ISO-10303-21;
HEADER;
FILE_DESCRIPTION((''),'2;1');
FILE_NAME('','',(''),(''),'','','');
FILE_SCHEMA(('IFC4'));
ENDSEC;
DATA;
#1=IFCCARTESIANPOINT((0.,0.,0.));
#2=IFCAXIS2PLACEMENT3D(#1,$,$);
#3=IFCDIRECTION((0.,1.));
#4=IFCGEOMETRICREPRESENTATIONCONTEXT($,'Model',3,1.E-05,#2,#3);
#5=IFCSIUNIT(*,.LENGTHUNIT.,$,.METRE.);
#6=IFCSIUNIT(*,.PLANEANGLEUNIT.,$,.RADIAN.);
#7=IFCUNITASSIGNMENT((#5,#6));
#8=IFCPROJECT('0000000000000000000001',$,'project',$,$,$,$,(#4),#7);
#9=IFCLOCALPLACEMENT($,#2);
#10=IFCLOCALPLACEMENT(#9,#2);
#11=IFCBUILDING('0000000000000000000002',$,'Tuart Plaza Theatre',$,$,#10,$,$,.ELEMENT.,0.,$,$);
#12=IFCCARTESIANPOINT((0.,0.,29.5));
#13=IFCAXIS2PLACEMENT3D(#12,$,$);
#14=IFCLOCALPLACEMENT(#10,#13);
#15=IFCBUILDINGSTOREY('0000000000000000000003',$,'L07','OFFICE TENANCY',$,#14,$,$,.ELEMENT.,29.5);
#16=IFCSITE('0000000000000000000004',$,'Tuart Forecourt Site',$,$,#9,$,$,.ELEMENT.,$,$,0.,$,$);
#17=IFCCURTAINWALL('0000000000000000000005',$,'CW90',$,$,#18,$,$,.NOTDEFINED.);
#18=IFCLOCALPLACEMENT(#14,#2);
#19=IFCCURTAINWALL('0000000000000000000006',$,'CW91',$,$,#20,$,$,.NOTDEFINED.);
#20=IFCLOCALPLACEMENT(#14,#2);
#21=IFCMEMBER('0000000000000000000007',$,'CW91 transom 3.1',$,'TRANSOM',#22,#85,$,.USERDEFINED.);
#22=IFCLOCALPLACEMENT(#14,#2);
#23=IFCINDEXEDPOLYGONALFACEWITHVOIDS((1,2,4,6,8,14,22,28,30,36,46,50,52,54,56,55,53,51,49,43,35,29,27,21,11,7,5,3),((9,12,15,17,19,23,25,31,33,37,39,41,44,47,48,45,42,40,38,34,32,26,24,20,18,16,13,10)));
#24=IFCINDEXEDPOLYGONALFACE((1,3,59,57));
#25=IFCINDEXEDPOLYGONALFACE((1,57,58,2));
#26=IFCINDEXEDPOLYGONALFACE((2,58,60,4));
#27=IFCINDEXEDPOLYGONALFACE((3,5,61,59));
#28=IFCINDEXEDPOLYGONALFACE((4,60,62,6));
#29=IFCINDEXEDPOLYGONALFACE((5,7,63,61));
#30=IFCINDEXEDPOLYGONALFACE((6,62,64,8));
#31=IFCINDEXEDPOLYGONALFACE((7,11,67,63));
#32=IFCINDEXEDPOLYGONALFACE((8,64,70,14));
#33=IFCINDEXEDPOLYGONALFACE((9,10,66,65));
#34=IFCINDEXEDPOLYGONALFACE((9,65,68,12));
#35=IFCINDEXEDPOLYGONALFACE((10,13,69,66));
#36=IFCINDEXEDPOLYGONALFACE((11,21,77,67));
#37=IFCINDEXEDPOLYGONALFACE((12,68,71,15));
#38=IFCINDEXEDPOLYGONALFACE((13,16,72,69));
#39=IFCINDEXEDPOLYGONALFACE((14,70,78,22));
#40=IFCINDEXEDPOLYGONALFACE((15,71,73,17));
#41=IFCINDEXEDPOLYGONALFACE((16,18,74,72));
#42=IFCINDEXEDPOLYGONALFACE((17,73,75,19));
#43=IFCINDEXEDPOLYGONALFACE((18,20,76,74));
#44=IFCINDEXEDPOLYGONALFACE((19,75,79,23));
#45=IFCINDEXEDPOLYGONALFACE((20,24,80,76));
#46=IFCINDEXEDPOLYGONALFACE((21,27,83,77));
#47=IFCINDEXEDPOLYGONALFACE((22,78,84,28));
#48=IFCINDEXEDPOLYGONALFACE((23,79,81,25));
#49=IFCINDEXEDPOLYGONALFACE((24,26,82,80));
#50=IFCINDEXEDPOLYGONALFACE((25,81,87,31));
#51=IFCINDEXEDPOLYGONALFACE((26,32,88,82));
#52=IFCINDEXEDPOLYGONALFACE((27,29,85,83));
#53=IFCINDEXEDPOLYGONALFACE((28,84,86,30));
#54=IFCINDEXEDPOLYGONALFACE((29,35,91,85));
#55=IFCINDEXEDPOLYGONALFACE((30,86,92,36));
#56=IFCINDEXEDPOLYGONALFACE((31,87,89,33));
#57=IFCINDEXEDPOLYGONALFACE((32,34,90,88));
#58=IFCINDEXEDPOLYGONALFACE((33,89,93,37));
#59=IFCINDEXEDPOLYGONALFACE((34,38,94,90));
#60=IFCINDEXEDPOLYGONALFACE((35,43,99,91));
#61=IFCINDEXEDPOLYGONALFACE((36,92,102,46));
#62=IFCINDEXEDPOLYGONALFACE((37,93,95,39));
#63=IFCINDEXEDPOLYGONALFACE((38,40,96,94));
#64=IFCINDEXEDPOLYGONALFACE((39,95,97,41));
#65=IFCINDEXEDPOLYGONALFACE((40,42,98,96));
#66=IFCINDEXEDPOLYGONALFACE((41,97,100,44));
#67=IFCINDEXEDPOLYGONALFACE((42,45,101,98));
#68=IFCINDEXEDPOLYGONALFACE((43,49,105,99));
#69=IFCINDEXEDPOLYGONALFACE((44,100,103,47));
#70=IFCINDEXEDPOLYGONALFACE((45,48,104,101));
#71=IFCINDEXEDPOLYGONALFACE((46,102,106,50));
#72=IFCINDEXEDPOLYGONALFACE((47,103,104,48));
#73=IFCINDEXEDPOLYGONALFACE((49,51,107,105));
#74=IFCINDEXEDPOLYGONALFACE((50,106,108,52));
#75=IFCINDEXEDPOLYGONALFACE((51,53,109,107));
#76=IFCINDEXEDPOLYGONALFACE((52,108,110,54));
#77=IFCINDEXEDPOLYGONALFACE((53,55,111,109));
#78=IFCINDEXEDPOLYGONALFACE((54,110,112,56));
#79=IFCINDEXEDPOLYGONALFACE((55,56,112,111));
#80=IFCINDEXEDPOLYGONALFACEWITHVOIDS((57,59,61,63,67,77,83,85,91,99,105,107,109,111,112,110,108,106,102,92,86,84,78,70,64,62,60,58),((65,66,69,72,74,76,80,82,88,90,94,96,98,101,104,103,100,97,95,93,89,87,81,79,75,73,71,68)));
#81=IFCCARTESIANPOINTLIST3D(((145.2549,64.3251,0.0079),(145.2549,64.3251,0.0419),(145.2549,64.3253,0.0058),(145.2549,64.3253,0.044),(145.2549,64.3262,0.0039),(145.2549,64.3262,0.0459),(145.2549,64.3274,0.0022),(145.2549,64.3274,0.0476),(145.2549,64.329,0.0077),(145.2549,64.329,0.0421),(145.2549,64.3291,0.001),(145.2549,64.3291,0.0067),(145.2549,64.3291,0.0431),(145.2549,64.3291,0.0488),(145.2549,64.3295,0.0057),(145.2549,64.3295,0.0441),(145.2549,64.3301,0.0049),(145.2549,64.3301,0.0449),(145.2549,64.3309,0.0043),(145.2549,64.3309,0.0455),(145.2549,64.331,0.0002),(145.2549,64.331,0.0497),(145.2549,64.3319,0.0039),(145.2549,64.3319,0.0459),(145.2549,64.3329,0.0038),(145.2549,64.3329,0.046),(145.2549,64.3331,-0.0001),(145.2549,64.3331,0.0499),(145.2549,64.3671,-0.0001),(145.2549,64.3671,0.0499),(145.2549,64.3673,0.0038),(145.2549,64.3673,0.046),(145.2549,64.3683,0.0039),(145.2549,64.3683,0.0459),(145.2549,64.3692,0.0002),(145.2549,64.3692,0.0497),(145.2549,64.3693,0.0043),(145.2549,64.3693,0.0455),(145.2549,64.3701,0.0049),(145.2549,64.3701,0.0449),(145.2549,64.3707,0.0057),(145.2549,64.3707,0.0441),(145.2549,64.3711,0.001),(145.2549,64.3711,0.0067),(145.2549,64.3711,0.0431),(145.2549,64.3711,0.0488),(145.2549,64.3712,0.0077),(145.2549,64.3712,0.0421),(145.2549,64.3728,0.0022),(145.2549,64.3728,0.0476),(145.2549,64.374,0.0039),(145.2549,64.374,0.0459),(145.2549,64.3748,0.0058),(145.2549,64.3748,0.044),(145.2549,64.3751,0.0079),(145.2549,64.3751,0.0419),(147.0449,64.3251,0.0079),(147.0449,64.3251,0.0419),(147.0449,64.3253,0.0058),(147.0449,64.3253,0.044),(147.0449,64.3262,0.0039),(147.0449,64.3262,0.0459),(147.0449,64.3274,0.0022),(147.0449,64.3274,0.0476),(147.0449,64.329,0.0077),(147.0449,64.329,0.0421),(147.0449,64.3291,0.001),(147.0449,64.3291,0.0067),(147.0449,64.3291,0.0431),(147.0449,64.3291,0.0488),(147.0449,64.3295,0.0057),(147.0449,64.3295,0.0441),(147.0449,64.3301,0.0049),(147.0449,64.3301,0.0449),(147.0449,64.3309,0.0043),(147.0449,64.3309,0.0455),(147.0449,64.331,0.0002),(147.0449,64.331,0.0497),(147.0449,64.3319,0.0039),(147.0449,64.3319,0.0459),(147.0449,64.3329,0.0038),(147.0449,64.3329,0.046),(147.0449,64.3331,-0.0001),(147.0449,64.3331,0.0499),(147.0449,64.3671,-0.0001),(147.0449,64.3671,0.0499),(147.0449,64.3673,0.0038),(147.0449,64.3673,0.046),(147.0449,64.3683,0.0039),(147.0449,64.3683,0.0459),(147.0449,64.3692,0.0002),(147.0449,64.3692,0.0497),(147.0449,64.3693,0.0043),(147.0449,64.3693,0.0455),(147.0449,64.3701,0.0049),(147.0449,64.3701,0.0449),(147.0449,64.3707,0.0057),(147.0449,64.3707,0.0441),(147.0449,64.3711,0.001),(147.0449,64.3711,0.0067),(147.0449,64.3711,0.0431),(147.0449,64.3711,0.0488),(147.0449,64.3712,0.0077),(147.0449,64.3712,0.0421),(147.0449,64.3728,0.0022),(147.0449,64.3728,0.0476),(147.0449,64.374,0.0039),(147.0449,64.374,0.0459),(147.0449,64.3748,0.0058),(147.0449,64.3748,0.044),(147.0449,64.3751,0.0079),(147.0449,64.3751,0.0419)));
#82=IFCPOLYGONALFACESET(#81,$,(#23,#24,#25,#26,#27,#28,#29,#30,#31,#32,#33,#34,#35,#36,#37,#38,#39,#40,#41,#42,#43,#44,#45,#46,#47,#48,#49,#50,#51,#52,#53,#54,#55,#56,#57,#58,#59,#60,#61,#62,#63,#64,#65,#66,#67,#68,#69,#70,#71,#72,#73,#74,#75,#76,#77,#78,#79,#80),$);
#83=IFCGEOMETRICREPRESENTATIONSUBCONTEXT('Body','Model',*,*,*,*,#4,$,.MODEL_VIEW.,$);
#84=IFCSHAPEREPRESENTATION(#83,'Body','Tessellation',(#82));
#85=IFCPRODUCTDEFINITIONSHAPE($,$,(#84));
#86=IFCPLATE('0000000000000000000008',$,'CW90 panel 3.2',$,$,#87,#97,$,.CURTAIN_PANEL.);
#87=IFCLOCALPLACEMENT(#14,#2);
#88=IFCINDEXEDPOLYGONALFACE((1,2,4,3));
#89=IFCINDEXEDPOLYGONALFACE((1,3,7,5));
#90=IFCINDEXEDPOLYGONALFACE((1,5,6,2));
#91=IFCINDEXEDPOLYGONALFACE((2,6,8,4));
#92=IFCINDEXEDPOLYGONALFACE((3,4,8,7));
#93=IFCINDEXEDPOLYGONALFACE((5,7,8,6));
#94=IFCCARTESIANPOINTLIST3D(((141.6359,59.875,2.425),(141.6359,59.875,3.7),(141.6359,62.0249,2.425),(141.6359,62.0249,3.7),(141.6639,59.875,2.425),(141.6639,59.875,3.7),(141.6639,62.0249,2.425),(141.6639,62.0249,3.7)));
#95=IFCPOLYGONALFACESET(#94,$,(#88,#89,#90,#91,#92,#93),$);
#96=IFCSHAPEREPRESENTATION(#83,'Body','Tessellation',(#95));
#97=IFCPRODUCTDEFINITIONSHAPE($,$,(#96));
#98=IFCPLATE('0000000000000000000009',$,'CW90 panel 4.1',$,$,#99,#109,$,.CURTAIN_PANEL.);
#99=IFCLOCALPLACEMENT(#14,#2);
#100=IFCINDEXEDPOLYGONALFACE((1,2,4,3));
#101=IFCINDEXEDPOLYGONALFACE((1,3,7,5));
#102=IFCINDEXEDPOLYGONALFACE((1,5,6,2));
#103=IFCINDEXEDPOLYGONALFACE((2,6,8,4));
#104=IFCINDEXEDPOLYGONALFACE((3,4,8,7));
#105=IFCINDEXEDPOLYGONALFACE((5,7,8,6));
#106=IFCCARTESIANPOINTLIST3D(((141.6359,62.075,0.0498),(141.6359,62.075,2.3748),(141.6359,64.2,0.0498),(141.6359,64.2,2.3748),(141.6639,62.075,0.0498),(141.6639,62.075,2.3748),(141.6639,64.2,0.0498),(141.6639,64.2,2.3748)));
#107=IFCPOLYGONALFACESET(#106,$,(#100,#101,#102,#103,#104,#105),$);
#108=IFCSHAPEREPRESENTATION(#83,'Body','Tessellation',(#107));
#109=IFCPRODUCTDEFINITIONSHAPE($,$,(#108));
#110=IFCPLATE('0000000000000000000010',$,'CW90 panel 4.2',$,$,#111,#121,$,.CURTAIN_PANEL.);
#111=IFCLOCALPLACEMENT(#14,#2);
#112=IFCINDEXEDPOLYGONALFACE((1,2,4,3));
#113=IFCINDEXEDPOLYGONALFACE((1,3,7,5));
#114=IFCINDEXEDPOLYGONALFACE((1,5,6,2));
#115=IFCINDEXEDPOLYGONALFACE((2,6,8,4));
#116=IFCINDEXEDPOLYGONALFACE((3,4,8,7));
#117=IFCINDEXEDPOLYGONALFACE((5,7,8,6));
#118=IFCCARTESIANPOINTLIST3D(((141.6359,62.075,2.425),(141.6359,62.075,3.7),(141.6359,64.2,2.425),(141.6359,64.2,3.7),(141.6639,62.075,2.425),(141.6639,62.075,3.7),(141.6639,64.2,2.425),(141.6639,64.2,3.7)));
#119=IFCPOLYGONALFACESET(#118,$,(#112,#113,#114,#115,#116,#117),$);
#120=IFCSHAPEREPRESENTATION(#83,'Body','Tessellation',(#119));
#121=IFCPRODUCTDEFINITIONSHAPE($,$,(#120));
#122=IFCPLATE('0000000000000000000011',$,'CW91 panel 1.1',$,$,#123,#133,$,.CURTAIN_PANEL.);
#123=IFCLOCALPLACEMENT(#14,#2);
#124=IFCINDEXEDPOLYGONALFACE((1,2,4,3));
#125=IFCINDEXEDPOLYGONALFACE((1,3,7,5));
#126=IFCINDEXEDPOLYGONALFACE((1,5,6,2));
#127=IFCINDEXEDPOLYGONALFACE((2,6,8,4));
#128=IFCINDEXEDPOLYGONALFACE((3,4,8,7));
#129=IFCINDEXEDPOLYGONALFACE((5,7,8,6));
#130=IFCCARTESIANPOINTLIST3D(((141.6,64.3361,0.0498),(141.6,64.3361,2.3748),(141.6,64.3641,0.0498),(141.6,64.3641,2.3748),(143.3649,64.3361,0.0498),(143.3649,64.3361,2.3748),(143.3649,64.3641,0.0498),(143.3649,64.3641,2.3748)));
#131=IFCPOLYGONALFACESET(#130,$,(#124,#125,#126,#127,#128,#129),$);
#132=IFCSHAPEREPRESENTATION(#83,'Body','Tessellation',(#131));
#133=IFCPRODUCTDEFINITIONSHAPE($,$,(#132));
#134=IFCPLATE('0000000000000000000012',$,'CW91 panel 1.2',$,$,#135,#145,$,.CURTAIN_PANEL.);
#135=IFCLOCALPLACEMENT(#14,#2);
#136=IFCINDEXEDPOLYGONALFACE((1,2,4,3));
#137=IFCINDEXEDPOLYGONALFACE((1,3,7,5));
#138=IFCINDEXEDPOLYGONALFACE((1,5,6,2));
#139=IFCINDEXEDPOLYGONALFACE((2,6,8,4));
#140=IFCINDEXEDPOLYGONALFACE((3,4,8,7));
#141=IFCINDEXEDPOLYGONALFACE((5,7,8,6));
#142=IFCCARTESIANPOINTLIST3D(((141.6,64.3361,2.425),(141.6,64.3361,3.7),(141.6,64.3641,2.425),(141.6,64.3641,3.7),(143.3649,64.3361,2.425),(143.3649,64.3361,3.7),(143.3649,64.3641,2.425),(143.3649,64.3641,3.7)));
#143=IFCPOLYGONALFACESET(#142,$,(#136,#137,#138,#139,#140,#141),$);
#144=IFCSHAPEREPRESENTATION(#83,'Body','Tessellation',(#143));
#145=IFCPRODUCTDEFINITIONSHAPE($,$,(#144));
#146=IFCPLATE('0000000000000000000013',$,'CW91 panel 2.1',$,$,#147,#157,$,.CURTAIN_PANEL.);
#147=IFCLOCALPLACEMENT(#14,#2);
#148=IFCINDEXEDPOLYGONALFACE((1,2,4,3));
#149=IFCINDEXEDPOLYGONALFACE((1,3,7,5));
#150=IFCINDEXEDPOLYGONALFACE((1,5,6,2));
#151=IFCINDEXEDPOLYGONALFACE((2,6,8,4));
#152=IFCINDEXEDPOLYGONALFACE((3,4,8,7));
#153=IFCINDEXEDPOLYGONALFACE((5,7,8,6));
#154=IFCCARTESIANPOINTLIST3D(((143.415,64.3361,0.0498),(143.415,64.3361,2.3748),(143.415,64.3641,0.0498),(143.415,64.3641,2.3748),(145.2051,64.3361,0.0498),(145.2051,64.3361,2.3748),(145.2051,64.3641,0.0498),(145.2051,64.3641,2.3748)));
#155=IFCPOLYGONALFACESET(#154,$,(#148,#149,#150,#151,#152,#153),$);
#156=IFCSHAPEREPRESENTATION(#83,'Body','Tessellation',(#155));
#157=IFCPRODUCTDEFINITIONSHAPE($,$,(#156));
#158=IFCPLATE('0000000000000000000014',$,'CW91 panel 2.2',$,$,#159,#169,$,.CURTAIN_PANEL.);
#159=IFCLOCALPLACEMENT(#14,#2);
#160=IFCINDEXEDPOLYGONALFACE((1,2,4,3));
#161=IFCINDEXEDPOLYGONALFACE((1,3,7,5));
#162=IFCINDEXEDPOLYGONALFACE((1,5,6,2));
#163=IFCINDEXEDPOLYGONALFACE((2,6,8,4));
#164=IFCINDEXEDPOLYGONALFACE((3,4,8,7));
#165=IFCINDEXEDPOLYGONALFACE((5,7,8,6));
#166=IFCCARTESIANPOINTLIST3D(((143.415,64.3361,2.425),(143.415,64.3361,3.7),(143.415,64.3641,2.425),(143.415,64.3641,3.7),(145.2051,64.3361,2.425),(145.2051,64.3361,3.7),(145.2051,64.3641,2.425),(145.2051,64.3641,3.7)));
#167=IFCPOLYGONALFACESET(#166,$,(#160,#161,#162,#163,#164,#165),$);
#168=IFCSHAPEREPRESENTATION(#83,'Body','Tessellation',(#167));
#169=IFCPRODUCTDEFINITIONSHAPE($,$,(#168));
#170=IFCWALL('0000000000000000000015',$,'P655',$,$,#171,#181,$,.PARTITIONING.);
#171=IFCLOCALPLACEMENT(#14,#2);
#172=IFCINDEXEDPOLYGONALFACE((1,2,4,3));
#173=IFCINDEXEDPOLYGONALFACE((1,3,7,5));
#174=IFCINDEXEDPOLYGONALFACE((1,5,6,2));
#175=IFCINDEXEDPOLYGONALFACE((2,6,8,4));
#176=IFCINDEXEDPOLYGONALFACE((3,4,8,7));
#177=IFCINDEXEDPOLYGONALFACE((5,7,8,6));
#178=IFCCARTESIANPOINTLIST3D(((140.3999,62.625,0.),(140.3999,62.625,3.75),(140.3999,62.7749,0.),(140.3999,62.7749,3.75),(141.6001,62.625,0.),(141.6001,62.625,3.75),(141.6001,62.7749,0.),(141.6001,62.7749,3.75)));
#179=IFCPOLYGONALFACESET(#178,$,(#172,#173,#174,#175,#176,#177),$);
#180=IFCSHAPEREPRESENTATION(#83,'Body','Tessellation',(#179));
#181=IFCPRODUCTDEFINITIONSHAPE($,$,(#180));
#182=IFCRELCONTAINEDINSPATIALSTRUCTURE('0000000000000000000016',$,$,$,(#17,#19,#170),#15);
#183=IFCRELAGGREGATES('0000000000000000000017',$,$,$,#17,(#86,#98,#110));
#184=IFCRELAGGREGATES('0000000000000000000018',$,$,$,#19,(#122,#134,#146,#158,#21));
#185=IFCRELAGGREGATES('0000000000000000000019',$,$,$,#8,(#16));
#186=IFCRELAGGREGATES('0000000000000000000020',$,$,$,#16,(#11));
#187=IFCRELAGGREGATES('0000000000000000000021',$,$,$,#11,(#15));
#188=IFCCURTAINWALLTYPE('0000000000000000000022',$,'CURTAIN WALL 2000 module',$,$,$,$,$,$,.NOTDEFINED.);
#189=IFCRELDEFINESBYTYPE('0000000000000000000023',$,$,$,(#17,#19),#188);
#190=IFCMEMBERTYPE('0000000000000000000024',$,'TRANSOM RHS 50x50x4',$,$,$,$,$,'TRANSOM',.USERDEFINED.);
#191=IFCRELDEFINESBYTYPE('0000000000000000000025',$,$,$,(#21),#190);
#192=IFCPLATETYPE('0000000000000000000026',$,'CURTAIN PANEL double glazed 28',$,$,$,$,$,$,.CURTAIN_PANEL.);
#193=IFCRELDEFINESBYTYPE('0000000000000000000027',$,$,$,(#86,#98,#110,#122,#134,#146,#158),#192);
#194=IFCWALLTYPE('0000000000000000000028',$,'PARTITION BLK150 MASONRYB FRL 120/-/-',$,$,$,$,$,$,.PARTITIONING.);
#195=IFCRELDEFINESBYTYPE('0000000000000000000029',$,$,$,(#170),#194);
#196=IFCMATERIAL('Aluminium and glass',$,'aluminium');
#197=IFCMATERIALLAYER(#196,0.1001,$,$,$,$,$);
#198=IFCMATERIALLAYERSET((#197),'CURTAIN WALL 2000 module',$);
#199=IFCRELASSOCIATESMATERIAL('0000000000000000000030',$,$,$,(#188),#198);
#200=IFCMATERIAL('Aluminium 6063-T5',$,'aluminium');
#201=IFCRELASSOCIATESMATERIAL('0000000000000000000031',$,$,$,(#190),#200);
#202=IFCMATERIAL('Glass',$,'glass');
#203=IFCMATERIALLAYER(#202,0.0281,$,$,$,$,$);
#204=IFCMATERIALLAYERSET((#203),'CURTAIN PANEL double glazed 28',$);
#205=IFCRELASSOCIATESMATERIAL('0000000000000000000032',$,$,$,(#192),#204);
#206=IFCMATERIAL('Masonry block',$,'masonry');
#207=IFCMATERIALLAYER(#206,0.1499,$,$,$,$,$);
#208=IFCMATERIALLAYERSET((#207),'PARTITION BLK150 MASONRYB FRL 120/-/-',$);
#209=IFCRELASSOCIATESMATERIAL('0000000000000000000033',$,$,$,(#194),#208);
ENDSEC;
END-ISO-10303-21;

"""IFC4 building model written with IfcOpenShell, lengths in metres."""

from ifc_helpers import new_model, si_unit, direction, frame, frame_2d, origin, origin_2d, place, context, subcontext, project, spatial, rectangle, hollow_rectangle, extrude, material, layer, layer_set, material_profile, profile_set, type_object, element, aggregate, save


model = new_model("IFC4")

# Units and contexts
model_context = context("Model", 3, precision=1e-05, world=origin(), true_north=direction((0.0, 1.0)))
body_context = subcontext(model_context, "Body", "Model", "MODEL_VIEW")
ifc_project = project(units=[si_unit("LENGTHUNIT", "METRE"), si_unit("PLANEANGLEUNIT", "RADIAN")], contexts=[model_context])

# Site, building, storey
site_placement = place(None, origin())
site = spatial("IfcSite", under=ifc_project, at=site_placement, Name="Tuart Forecourt Site", CompositionType="ELEMENT", RefElevation=0.0)
building_placement = place(site_placement, origin())
building = spatial("IfcBuilding", under=site, at=building_placement, Name="Tuart Plaza Theatre", CompositionType="ELEMENT", ElevationOfRefHeight=0.0)
storey_placement = place(building_placement, frame((0.0, 0.0, 29.5)))
storey = spatial("IfcBuildingStorey", under=building, at=storey_placement, Name="L07", Description="OFFICE TENANCY", CompositionType="ELEMENT", Elevation=29.5)

# Curtain walls
ifc_material_1 = material(Name="Aluminium and glass", Category="aluminium")
ifc_layer_1 = layer(ifc_material_1, 0.1001)
ifc_layer_set_1 = layer_set([ifc_layer_1], Name="CURTAIN WALL 2000 module")
curtain_wall_type = type_object("IfcCurtainWallType", Name="CURTAIN WALL 2000 module", PredefinedType="NOTDEFINED", material=ifc_layer_set_1)
curtain_wall_1_placement = place(storey_placement, origin())
curtain_wall_1 = element("IfcCurtainWall", 1, at=curtain_wall_1_placement, inside=storey, type_object=curtain_wall_type, Name="CW90", PredefinedType="NOTDEFINED")
curtain_wall_2_placement = place(storey_placement, origin())
curtain_wall_2 = element("IfcCurtainWall", 2, at=curtain_wall_2_placement, inside=storey, type_object=curtain_wall_type, Name="CW91", PredefinedType="NOTDEFINED")

# Member
ifc_material_2 = material(Name="Aluminium 6063-T5", Category="aluminium")
ifc_material_profile_1 = material_profile(ifc_material_2, hollow_rectangle(XDim=0.05, YDim=0.05, WallThickness=0.0039, InnerFilletRadius=0.0039, OuterFilletRadius=0.0081, at=origin_2d()), Name="RHS 50x50x4")
ifc_profile_set_1 = profile_set([ifc_material_profile_1], Name="Aluminium 6063-T5")
member_type_1 = type_object("IfcMemberType", Name="TRANSOM RHS 50x50x4", ElementType="TRANSOM", PredefinedType="USERDEFINED", material=ifc_profile_set_1)
member_1_placement = place(storey_placement, frame((145.2549, 64.3501, 0.0249), z_axis=(1.0, 0.0, 0.0), x_axis=(0.0, 1.0, 0.0)))
member_1 = element("IfcMember", 3, at=member_1_placement, type_object=member_type_1, Name="CW91 transom 3.1", ObjectType="TRANSOM", PredefinedType="USERDEFINED", context=body_context, shape_type="SweptSolid", body=[
    extrude(hollow_rectangle(XDim=0.05, YDim=0.05, WallThickness=0.0039, InnerFilletRadius=0.0039, OuterFilletRadius=0.0081, at=origin_2d()), origin(), (0.0, 0.0, 1.0), 1.79),
])

# Plates
ifc_material_3 = material(Name="Glass", Category="glass")
ifc_layer_2 = layer(ifc_material_3, 0.0281)
ifc_layer_set_2 = layer_set([ifc_layer_2], Name="CURTAIN PANEL double glazed 28")
plate_type = type_object("IfcPlateType", Name="CURTAIN PANEL double glazed 28", PredefinedType="CURTAIN_PANEL", material=ifc_layer_set_2)
plate_1_placement = place(storey_placement, frame((141.6499, 60.95, 2.425), z_axis=(0.0, 0.0, 1.0), x_axis=(0.0, 1.0, 0.0)))
plate_1 = element("IfcPlate", 4, at=plate_1_placement, type_object=plate_type, Name="CW90 panel 3.2", PredefinedType="CURTAIN_PANEL", context=body_context, shape_type="SweptSolid", body=[
    extrude(rectangle(XDim=2.1499, YDim=0.0281, at=origin_2d()), origin(), (0.0, 0.0, 1.0), 1.2749),
])
plate_2_placement = place(storey_placement, frame((141.6499, 63.1375, 0.0498), z_axis=(0.0, 0.0, 1.0), x_axis=(0.0, 1.0, 0.0)))
plate_2 = element("IfcPlate", 5, at=plate_2_placement, type_object=plate_type, Name="CW90 panel 4.1", PredefinedType="CURTAIN_PANEL", context=body_context, shape_type="SweptSolid", body=[
    extrude(rectangle(XDim=2.125, YDim=0.0281, at=origin_2d()), origin(), (0.0, 0.0, 1.0), 2.325),
])
plate_3_placement = place(storey_placement, frame((141.6499, 63.1375, 2.425), z_axis=(0.0, 0.0, 1.0), x_axis=(0.0, 1.0, 0.0)))
plate_3 = element("IfcPlate", 6, at=plate_3_placement, type_object=plate_type, Name="CW90 panel 4.2", PredefinedType="CURTAIN_PANEL", context=body_context, shape_type="SweptSolid", body=[
    extrude(rectangle(XDim=2.125, YDim=0.0281, at=origin_2d()), origin(), (0.0, 0.0, 1.0), 1.2749),
])
aggregate(curtain_wall_1, [plate_1, plate_2, plate_3])
plate_4_placement = place(storey_placement, frame((142.4824, 64.3501, 0.0498), z_axis=(0.0, 0.0, 1.0), x_axis=(1.0, 0.0, 0.0)))
plate_4 = element("IfcPlate", 7, at=plate_4_placement, type_object=plate_type, Name="CW91 panel 1.1", PredefinedType="CURTAIN_PANEL", context=body_context, shape_type="SweptSolid", body=[
    extrude(rectangle(XDim=1.7649, YDim=0.0281, at=origin_2d()), origin(), (0.0, 0.0, 1.0), 2.325),
])
plate_5_placement = place(storey_placement, frame((142.4824, 64.3501, 2.425), z_axis=(0.0, 0.0, 1.0), x_axis=(1.0, 0.0, 0.0)))
plate_5 = element("IfcPlate", 8, at=plate_5_placement, type_object=plate_type, Name="CW91 panel 1.2", PredefinedType="CURTAIN_PANEL", context=body_context, shape_type="SweptSolid", body=[
    extrude(rectangle(XDim=1.7649, YDim=0.0281, at=origin_2d()), origin(), (0.0, 0.0, 1.0), 1.2749),
])
plate_6_placement = place(storey_placement, frame((144.3101, 64.3501, 0.0498), z_axis=(0.0, 0.0, 1.0), x_axis=(1.0, 0.0, 0.0)))
plate_6 = element("IfcPlate", 9, at=plate_6_placement, type_object=plate_type, Name="CW91 panel 2.1", PredefinedType="CURTAIN_PANEL", context=body_context, shape_type="SweptSolid", body=[
    extrude(rectangle(XDim=1.79, YDim=0.0281, at=origin_2d()), origin(), (0.0, 0.0, 1.0), 2.325),
])
plate_7_placement = place(storey_placement, frame((144.3101, 64.3501, 2.425), z_axis=(0.0, 0.0, 1.0), x_axis=(1.0, 0.0, 0.0)))
plate_7 = element("IfcPlate", 10, at=plate_7_placement, type_object=plate_type, Name="CW91 panel 2.2", PredefinedType="CURTAIN_PANEL", context=body_context, shape_type="SweptSolid", body=[
    extrude(rectangle(XDim=1.79, YDim=0.0281, at=origin_2d()), origin(), (0.0, 0.0, 1.0), 1.2749),
])
aggregate(curtain_wall_2, [plate_4, plate_5, plate_6, plate_7, member_1])

# Wall
ifc_material_4 = material(Name="Masonry block", Category="masonry")
ifc_layer_3 = layer(ifc_material_4, 0.1499)
ifc_layer_set_3 = layer_set([ifc_layer_3], Name="PARTITION BLK150 MASONRYB FRL 120/-/-")
wall_type_1 = type_object("IfcWallType", Name="PARTITION BLK150 MASONRYB FRL 120/-/-", PredefinedType="PARTITIONING", material=ifc_layer_set_3)
wall_1_placement = place(storey_placement, frame((141.6001, 62.7, 0.0), z_axis=(0.0, 0.0, 1.0), x_axis=(-1.0, 0.0, 0.0)))
element("IfcWall", 11, at=wall_1_placement, inside=storey, type_object=wall_type_1, Name="P655", PredefinedType="PARTITIONING", context=body_context, shape_type="SweptSolid", body=[
    extrude(rectangle(XDim=1.2002, YDim=0.1499, at=frame_2d((0.6001, 0.0))), origin(), (0.0, 0.0, 1.0), 3.75),
])

save(model, "model.ifc")
